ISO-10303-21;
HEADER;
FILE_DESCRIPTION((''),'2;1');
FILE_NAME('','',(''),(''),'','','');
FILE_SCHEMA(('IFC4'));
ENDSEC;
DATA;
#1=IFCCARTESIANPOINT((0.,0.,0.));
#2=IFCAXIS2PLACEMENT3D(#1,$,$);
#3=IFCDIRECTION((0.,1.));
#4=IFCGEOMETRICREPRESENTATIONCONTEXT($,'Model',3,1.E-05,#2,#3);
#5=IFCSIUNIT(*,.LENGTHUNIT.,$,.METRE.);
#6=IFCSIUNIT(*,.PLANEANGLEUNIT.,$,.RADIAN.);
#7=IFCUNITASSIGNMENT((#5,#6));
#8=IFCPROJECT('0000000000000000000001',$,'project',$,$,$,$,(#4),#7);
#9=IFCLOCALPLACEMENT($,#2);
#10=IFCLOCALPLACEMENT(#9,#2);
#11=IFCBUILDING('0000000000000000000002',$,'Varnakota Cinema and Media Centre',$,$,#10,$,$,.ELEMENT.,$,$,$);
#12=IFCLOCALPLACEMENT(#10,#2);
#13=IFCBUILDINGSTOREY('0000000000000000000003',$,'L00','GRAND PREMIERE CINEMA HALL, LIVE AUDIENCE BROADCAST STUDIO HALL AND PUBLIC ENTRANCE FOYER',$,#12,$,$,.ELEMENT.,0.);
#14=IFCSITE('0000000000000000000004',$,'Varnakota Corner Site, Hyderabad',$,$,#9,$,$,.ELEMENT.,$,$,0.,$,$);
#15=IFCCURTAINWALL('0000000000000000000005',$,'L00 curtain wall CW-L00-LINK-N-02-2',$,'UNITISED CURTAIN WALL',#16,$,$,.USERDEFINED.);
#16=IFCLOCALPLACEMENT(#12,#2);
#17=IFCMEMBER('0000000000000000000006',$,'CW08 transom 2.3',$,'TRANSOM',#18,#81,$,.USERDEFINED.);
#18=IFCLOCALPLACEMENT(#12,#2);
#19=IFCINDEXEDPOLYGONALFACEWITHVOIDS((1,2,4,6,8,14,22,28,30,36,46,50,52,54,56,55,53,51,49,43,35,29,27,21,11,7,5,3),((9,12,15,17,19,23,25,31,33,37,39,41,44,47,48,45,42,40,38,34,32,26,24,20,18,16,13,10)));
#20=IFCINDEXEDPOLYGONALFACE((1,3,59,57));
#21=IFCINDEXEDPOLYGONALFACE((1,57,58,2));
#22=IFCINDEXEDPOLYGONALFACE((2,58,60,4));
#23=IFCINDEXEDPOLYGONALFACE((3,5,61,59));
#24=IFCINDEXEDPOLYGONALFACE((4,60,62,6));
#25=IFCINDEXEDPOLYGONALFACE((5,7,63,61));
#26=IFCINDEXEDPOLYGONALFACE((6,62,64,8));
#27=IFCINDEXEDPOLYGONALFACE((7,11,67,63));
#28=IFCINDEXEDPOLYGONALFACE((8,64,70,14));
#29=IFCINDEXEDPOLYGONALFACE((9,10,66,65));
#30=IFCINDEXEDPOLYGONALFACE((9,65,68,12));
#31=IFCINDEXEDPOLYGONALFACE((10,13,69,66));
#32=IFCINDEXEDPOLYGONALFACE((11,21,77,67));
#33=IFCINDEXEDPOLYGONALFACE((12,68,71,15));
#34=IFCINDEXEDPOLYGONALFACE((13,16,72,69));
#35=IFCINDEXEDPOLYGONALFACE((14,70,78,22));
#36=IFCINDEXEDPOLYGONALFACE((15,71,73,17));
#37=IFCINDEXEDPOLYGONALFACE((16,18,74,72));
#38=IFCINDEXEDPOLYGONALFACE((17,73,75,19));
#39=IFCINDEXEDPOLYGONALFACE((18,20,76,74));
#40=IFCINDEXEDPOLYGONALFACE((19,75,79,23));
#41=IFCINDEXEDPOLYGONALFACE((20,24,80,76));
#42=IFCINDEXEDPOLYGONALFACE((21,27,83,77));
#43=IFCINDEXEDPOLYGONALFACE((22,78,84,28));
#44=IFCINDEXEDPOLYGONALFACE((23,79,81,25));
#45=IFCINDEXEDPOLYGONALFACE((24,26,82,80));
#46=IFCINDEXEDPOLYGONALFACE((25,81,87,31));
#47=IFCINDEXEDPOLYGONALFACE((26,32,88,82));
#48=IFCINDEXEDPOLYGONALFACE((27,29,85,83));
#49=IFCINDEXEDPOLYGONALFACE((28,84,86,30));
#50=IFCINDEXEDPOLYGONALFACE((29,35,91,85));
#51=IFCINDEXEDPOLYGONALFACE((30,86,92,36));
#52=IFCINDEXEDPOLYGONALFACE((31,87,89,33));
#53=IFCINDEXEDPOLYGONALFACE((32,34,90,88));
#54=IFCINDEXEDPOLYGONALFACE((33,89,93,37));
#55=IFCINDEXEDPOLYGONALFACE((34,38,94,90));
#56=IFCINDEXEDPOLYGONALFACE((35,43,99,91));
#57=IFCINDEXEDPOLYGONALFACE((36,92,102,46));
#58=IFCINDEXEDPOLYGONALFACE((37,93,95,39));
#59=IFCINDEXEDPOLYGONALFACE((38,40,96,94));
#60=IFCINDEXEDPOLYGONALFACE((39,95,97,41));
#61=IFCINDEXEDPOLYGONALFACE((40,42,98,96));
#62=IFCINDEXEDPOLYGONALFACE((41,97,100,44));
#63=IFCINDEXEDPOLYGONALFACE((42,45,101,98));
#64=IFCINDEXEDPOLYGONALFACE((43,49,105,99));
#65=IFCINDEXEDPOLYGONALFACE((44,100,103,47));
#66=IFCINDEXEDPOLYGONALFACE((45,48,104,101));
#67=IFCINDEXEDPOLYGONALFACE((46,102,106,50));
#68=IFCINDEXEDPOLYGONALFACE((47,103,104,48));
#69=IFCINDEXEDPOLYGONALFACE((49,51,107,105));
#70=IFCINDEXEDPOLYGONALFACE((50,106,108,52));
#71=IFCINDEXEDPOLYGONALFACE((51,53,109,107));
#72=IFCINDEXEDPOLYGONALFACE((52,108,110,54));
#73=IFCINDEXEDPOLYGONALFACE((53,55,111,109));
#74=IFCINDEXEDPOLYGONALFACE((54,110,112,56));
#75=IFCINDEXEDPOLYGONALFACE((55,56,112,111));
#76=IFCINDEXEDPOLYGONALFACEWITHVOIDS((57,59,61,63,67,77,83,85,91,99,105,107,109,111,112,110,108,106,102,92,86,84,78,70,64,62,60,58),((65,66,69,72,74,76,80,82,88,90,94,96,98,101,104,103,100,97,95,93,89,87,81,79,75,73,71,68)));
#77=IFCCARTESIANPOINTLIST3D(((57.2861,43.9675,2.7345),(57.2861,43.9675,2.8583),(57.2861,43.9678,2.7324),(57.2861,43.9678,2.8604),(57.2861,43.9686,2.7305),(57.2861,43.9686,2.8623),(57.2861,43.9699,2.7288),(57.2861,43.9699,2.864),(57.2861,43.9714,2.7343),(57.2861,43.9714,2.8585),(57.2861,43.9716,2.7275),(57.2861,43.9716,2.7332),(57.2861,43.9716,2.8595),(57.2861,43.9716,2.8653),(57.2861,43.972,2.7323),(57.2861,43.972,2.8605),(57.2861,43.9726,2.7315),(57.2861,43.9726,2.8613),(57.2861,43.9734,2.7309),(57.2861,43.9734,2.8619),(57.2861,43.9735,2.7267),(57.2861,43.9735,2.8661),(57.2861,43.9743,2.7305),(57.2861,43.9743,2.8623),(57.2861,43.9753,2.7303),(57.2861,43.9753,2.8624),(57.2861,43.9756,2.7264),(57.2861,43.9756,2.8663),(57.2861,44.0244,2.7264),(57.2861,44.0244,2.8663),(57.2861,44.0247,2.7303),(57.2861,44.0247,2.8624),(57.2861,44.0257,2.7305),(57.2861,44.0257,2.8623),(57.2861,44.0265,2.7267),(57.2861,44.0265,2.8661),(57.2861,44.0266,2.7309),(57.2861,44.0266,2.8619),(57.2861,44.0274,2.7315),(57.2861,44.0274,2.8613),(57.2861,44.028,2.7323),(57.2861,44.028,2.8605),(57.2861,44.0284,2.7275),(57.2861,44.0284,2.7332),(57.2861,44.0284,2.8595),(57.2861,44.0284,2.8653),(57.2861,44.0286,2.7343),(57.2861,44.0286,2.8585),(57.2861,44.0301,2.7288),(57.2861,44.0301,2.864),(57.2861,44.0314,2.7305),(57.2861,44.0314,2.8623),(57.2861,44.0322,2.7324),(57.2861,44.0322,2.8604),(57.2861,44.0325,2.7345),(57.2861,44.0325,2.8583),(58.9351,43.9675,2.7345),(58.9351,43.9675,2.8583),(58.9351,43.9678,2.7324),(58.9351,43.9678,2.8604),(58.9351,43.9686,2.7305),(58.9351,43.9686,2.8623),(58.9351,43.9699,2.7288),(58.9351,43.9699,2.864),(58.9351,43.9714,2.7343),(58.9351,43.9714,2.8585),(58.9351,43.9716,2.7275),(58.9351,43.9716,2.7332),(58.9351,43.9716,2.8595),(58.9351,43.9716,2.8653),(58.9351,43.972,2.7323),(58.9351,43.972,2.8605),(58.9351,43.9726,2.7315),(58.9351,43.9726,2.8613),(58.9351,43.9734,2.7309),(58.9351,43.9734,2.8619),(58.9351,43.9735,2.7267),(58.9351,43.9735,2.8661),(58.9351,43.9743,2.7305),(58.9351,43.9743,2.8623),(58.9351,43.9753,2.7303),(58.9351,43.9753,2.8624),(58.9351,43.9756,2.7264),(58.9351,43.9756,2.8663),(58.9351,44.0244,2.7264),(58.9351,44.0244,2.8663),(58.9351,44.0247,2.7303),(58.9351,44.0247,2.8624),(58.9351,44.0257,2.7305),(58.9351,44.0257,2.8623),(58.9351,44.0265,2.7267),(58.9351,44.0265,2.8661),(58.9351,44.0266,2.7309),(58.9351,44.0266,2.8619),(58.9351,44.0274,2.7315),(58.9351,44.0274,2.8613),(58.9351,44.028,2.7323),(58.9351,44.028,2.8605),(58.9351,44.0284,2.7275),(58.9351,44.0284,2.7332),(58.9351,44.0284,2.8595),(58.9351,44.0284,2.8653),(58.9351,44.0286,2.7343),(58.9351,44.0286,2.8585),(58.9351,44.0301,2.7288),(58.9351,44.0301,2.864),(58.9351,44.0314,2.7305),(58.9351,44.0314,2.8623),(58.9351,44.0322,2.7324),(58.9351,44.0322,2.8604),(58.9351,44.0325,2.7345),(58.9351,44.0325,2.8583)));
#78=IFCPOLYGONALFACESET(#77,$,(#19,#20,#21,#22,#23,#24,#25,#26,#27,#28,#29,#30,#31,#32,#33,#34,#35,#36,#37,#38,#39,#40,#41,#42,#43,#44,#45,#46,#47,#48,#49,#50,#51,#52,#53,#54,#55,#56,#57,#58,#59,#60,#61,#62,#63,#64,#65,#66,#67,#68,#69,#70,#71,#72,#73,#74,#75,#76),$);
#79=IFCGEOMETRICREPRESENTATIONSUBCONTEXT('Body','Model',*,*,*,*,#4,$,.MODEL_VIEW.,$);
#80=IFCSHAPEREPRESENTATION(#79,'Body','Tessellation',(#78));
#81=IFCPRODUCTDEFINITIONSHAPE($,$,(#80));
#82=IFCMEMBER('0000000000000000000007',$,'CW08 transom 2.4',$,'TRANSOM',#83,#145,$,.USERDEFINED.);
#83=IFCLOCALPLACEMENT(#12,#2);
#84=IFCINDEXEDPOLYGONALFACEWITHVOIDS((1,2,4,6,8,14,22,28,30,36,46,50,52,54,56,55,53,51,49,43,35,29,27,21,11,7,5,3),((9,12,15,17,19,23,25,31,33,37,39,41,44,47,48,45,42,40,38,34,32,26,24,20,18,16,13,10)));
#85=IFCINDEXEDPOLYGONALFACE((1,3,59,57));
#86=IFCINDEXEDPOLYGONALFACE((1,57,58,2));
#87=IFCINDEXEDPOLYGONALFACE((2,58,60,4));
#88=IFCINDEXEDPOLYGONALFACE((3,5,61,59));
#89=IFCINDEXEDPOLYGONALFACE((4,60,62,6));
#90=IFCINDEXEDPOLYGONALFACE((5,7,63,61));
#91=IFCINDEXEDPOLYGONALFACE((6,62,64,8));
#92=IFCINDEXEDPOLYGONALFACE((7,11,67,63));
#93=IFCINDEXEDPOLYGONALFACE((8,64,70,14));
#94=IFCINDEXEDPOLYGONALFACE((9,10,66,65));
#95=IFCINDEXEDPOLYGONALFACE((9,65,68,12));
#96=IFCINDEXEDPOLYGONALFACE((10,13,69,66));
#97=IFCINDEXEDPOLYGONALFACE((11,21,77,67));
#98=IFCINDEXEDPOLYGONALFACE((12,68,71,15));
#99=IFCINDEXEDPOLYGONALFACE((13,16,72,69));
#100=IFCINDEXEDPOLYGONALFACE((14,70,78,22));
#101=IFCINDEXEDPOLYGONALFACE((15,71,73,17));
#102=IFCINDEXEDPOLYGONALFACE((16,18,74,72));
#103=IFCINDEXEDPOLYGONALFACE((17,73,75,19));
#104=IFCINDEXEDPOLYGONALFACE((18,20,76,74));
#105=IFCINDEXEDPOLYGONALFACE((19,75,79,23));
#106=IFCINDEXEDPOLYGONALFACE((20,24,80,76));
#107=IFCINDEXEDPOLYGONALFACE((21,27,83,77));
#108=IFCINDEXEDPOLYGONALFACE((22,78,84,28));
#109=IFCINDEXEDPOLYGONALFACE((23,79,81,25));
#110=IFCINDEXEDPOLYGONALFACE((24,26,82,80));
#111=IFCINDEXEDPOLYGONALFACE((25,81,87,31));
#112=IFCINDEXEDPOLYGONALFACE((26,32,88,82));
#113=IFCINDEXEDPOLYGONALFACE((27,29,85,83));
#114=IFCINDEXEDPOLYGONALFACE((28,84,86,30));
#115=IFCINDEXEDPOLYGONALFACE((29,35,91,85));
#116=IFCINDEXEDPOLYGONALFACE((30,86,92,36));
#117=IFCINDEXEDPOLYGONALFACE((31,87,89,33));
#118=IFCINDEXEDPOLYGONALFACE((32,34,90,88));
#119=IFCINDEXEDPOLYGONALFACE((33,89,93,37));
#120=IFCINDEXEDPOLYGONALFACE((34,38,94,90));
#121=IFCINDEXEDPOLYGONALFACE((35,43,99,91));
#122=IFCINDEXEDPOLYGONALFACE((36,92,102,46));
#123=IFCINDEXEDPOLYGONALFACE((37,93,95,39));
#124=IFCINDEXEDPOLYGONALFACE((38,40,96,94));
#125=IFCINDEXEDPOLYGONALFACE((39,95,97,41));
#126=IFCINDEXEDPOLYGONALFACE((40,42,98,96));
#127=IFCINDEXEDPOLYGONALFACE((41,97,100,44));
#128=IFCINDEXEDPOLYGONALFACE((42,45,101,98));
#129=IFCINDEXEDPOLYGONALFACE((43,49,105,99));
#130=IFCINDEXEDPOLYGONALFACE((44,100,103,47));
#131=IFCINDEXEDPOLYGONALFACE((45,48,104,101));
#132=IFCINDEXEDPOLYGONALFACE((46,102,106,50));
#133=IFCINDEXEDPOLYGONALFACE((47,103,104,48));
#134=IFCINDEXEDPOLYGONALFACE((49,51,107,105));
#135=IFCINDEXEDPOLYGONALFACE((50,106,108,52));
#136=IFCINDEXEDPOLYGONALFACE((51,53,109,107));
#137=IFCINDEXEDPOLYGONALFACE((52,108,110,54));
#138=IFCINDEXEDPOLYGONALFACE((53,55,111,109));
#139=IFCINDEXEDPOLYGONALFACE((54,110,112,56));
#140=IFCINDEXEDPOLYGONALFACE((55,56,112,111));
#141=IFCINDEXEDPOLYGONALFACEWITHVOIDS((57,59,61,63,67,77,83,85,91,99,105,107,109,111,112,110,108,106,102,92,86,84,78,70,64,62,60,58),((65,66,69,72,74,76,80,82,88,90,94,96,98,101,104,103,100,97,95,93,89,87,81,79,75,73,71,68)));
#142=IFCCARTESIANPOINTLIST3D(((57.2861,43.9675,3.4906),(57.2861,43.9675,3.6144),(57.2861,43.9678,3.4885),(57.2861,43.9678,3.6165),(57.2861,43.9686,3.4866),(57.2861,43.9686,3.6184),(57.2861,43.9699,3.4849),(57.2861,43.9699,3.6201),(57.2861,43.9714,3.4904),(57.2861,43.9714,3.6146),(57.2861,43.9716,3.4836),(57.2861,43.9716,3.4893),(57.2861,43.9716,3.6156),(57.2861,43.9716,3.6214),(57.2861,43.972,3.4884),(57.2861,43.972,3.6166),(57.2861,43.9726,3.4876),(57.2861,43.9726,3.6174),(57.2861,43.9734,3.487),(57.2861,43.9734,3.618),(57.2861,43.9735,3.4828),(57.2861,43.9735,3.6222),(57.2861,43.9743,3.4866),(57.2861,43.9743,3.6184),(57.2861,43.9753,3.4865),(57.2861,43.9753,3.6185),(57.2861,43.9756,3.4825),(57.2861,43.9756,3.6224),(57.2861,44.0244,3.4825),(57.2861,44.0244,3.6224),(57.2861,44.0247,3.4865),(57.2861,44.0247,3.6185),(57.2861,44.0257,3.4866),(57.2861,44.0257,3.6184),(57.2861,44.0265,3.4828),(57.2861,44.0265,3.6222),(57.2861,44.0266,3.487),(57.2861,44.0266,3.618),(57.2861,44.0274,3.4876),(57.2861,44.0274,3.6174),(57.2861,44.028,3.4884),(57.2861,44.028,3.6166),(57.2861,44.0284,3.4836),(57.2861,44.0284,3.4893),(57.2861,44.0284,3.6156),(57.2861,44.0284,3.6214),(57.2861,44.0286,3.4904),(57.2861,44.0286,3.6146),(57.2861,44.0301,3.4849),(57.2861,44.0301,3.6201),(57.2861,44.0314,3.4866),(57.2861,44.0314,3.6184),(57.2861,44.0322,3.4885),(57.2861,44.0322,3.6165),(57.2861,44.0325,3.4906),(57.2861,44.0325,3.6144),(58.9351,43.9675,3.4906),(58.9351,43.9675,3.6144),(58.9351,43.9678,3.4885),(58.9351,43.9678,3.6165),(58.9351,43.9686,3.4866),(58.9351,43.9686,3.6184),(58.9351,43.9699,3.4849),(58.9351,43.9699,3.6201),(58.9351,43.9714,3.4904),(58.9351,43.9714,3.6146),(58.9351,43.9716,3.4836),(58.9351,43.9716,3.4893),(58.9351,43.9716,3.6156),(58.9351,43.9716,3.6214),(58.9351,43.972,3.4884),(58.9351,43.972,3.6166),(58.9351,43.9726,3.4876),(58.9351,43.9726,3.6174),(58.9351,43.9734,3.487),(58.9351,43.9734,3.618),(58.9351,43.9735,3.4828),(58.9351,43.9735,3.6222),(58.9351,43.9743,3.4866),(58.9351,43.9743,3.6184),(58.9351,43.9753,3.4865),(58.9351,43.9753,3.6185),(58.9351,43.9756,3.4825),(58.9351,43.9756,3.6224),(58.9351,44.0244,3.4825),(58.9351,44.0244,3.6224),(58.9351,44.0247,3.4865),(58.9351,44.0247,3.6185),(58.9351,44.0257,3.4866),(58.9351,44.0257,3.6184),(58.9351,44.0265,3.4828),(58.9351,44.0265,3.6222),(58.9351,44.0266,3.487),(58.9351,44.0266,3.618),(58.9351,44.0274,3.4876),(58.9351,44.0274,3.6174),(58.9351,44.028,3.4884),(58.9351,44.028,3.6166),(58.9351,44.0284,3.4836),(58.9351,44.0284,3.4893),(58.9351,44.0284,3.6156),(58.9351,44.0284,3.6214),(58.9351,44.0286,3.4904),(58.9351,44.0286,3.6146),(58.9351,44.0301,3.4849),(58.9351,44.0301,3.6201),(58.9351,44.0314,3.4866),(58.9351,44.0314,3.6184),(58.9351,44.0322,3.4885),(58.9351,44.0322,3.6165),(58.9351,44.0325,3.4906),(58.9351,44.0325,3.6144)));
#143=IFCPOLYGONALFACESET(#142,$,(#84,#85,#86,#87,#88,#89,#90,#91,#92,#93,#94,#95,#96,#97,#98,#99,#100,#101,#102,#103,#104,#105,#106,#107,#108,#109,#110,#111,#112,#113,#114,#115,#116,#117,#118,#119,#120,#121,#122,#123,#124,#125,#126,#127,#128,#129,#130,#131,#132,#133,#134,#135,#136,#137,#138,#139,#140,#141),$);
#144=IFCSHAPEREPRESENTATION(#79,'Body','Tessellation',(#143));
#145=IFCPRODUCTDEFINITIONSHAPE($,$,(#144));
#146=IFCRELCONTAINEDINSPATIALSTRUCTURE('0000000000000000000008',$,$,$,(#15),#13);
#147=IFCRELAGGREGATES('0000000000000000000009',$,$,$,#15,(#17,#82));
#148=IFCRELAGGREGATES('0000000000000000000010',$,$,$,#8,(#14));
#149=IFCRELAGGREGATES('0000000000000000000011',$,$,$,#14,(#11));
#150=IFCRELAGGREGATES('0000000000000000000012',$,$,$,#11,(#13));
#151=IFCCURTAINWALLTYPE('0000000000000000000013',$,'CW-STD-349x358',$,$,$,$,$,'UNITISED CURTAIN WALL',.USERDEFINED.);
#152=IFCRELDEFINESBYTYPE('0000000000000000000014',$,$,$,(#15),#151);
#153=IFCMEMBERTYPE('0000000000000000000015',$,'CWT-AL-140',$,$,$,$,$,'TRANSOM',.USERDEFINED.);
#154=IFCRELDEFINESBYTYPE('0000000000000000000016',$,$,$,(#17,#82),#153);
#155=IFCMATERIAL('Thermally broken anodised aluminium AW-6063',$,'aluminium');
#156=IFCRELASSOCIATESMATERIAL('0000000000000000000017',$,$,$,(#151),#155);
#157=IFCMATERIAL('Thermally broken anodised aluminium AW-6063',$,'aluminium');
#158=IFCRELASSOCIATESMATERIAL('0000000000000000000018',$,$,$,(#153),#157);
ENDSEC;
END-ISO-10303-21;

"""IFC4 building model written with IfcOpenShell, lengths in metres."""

from ifc_helpers import new_model, si_unit, direction, frame, origin, origin_2d, place, context, subcontext, project, spatial, hollow_rectangle, extrude, material, material_profile, profile_set, type_object, element, aggregate, save


model = new_model("IFC4")

# Units and contexts
model_context = context("Model", 3, precision=1e-05, world=origin(), true_north=direction((0.0, 1.0)))
body_context = subcontext(model_context, "Body", "Model", "MODEL_VIEW")
ifc_project = project(units=[si_unit("LENGTHUNIT", "METRE"), si_unit("PLANEANGLEUNIT", "RADIAN")], contexts=[model_context])

# Site, building, storey
site_placement = place(None, origin())
site = spatial("IfcSite", under=ifc_project, at=site_placement, Name="Varnakota Corner Site, Hyderabad", CompositionType="ELEMENT", RefElevation=0.0)
building_placement = place(site_placement, origin())
building = spatial("IfcBuilding", under=site, at=building_placement, Name="Varnakota Cinema and Media Centre", CompositionType="ELEMENT")
storey_placement = place(building_placement, origin())
storey = spatial("IfcBuildingStorey", under=building, at=storey_placement, Name="L00", Description="GRAND PREMIERE CINEMA HALL, LIVE AUDIENCE BROADCAST STUDIO HALL AND PUBLIC ENTRANCE FOYER", CompositionType="ELEMENT", Elevation=0.0)

# Shared definitions
ifc_material_1 = material(Name="Thermally broken anodised aluminium AW-6063", Category="aluminium")
curtain_wall_type_1 = type_object("IfcCurtainWallType", Name="CW-STD-349x358", ElementType="UNITISED CURTAIN WALL", PredefinedType="USERDEFINED", material=ifc_material_1)

# Curtain wall
curtain_wall_1_placement = place(storey_placement, origin())
curtain_wall_1 = element("IfcCurtainWall", 1, at=curtain_wall_1_placement, inside=storey, type_object=curtain_wall_type_1, Name="L00 curtain wall CW-L00-LINK-N-02-2", ObjectType="UNITISED CURTAIN WALL", PredefinedType="USERDEFINED")

# Members
ifc_material_2 = material(Name="Thermally broken anodised aluminium AW-6063", Category="aluminium")
ifc_material_profile_1 = material_profile(ifc_material_2, hollow_rectangle(XDim=0.0649, YDim=0.1399, WallThickness=0.0039, InnerFilletRadius=0.0039, OuterFilletRadius=0.0081, at=origin_2d()), Name="AL-TRANSOM 140x65x4")
ifc_profile_set_1 = profile_set([ifc_material_profile_1], Name="Thermally broken anodised aluminium AW-6063")
member_type_1 = type_object("IfcMemberType", Name="CWT-AL-140", ElementType="TRANSOM", PredefinedType="USERDEFINED", material=ifc_profile_set_1)
member_1_placement = place(storey_placement, frame((57.2861, 44.0, 2.7964), z_axis=(1.0, 0.0, 0.0), x_axis=(0.0, 1.0, 0.0)))
member_1 = element("IfcMember", 2, at=member_1_placement, type_object=member_type_1, Name="CW08 transom 2.3", ObjectType="TRANSOM", PredefinedType="USERDEFINED", context=body_context, shape_type="SweptSolid", body=[
    extrude(hollow_rectangle(XDim=0.0649, YDim=0.1399, WallThickness=0.0039, InnerFilletRadius=0.0039, OuterFilletRadius=0.0081, at=origin_2d()), origin(), (0.0, 0.0, 1.0), 1.6489),
])
member_2_placement = place(storey_placement, frame((57.2861, 44.0, 3.5525), z_axis=(1.0, 0.0, 0.0), x_axis=(0.0, 1.0, 0.0)))
member_2 = element("IfcMember", 3, at=member_2_placement, type_object=member_type_1, Name="CW08 transom 2.4", ObjectType="TRANSOM", PredefinedType="USERDEFINED", context=body_context, shape_type="SweptSolid", body=[
    extrude(hollow_rectangle(XDim=0.0649, YDim=0.1399, WallThickness=0.0039, InnerFilletRadius=0.0039, OuterFilletRadius=0.0081, at=origin_2d()), origin(), (0.0, 0.0, 1.0), 1.6489),
])

aggregate(curtain_wall_1, [member_1, member_2])

save(model, "model.ifc")
